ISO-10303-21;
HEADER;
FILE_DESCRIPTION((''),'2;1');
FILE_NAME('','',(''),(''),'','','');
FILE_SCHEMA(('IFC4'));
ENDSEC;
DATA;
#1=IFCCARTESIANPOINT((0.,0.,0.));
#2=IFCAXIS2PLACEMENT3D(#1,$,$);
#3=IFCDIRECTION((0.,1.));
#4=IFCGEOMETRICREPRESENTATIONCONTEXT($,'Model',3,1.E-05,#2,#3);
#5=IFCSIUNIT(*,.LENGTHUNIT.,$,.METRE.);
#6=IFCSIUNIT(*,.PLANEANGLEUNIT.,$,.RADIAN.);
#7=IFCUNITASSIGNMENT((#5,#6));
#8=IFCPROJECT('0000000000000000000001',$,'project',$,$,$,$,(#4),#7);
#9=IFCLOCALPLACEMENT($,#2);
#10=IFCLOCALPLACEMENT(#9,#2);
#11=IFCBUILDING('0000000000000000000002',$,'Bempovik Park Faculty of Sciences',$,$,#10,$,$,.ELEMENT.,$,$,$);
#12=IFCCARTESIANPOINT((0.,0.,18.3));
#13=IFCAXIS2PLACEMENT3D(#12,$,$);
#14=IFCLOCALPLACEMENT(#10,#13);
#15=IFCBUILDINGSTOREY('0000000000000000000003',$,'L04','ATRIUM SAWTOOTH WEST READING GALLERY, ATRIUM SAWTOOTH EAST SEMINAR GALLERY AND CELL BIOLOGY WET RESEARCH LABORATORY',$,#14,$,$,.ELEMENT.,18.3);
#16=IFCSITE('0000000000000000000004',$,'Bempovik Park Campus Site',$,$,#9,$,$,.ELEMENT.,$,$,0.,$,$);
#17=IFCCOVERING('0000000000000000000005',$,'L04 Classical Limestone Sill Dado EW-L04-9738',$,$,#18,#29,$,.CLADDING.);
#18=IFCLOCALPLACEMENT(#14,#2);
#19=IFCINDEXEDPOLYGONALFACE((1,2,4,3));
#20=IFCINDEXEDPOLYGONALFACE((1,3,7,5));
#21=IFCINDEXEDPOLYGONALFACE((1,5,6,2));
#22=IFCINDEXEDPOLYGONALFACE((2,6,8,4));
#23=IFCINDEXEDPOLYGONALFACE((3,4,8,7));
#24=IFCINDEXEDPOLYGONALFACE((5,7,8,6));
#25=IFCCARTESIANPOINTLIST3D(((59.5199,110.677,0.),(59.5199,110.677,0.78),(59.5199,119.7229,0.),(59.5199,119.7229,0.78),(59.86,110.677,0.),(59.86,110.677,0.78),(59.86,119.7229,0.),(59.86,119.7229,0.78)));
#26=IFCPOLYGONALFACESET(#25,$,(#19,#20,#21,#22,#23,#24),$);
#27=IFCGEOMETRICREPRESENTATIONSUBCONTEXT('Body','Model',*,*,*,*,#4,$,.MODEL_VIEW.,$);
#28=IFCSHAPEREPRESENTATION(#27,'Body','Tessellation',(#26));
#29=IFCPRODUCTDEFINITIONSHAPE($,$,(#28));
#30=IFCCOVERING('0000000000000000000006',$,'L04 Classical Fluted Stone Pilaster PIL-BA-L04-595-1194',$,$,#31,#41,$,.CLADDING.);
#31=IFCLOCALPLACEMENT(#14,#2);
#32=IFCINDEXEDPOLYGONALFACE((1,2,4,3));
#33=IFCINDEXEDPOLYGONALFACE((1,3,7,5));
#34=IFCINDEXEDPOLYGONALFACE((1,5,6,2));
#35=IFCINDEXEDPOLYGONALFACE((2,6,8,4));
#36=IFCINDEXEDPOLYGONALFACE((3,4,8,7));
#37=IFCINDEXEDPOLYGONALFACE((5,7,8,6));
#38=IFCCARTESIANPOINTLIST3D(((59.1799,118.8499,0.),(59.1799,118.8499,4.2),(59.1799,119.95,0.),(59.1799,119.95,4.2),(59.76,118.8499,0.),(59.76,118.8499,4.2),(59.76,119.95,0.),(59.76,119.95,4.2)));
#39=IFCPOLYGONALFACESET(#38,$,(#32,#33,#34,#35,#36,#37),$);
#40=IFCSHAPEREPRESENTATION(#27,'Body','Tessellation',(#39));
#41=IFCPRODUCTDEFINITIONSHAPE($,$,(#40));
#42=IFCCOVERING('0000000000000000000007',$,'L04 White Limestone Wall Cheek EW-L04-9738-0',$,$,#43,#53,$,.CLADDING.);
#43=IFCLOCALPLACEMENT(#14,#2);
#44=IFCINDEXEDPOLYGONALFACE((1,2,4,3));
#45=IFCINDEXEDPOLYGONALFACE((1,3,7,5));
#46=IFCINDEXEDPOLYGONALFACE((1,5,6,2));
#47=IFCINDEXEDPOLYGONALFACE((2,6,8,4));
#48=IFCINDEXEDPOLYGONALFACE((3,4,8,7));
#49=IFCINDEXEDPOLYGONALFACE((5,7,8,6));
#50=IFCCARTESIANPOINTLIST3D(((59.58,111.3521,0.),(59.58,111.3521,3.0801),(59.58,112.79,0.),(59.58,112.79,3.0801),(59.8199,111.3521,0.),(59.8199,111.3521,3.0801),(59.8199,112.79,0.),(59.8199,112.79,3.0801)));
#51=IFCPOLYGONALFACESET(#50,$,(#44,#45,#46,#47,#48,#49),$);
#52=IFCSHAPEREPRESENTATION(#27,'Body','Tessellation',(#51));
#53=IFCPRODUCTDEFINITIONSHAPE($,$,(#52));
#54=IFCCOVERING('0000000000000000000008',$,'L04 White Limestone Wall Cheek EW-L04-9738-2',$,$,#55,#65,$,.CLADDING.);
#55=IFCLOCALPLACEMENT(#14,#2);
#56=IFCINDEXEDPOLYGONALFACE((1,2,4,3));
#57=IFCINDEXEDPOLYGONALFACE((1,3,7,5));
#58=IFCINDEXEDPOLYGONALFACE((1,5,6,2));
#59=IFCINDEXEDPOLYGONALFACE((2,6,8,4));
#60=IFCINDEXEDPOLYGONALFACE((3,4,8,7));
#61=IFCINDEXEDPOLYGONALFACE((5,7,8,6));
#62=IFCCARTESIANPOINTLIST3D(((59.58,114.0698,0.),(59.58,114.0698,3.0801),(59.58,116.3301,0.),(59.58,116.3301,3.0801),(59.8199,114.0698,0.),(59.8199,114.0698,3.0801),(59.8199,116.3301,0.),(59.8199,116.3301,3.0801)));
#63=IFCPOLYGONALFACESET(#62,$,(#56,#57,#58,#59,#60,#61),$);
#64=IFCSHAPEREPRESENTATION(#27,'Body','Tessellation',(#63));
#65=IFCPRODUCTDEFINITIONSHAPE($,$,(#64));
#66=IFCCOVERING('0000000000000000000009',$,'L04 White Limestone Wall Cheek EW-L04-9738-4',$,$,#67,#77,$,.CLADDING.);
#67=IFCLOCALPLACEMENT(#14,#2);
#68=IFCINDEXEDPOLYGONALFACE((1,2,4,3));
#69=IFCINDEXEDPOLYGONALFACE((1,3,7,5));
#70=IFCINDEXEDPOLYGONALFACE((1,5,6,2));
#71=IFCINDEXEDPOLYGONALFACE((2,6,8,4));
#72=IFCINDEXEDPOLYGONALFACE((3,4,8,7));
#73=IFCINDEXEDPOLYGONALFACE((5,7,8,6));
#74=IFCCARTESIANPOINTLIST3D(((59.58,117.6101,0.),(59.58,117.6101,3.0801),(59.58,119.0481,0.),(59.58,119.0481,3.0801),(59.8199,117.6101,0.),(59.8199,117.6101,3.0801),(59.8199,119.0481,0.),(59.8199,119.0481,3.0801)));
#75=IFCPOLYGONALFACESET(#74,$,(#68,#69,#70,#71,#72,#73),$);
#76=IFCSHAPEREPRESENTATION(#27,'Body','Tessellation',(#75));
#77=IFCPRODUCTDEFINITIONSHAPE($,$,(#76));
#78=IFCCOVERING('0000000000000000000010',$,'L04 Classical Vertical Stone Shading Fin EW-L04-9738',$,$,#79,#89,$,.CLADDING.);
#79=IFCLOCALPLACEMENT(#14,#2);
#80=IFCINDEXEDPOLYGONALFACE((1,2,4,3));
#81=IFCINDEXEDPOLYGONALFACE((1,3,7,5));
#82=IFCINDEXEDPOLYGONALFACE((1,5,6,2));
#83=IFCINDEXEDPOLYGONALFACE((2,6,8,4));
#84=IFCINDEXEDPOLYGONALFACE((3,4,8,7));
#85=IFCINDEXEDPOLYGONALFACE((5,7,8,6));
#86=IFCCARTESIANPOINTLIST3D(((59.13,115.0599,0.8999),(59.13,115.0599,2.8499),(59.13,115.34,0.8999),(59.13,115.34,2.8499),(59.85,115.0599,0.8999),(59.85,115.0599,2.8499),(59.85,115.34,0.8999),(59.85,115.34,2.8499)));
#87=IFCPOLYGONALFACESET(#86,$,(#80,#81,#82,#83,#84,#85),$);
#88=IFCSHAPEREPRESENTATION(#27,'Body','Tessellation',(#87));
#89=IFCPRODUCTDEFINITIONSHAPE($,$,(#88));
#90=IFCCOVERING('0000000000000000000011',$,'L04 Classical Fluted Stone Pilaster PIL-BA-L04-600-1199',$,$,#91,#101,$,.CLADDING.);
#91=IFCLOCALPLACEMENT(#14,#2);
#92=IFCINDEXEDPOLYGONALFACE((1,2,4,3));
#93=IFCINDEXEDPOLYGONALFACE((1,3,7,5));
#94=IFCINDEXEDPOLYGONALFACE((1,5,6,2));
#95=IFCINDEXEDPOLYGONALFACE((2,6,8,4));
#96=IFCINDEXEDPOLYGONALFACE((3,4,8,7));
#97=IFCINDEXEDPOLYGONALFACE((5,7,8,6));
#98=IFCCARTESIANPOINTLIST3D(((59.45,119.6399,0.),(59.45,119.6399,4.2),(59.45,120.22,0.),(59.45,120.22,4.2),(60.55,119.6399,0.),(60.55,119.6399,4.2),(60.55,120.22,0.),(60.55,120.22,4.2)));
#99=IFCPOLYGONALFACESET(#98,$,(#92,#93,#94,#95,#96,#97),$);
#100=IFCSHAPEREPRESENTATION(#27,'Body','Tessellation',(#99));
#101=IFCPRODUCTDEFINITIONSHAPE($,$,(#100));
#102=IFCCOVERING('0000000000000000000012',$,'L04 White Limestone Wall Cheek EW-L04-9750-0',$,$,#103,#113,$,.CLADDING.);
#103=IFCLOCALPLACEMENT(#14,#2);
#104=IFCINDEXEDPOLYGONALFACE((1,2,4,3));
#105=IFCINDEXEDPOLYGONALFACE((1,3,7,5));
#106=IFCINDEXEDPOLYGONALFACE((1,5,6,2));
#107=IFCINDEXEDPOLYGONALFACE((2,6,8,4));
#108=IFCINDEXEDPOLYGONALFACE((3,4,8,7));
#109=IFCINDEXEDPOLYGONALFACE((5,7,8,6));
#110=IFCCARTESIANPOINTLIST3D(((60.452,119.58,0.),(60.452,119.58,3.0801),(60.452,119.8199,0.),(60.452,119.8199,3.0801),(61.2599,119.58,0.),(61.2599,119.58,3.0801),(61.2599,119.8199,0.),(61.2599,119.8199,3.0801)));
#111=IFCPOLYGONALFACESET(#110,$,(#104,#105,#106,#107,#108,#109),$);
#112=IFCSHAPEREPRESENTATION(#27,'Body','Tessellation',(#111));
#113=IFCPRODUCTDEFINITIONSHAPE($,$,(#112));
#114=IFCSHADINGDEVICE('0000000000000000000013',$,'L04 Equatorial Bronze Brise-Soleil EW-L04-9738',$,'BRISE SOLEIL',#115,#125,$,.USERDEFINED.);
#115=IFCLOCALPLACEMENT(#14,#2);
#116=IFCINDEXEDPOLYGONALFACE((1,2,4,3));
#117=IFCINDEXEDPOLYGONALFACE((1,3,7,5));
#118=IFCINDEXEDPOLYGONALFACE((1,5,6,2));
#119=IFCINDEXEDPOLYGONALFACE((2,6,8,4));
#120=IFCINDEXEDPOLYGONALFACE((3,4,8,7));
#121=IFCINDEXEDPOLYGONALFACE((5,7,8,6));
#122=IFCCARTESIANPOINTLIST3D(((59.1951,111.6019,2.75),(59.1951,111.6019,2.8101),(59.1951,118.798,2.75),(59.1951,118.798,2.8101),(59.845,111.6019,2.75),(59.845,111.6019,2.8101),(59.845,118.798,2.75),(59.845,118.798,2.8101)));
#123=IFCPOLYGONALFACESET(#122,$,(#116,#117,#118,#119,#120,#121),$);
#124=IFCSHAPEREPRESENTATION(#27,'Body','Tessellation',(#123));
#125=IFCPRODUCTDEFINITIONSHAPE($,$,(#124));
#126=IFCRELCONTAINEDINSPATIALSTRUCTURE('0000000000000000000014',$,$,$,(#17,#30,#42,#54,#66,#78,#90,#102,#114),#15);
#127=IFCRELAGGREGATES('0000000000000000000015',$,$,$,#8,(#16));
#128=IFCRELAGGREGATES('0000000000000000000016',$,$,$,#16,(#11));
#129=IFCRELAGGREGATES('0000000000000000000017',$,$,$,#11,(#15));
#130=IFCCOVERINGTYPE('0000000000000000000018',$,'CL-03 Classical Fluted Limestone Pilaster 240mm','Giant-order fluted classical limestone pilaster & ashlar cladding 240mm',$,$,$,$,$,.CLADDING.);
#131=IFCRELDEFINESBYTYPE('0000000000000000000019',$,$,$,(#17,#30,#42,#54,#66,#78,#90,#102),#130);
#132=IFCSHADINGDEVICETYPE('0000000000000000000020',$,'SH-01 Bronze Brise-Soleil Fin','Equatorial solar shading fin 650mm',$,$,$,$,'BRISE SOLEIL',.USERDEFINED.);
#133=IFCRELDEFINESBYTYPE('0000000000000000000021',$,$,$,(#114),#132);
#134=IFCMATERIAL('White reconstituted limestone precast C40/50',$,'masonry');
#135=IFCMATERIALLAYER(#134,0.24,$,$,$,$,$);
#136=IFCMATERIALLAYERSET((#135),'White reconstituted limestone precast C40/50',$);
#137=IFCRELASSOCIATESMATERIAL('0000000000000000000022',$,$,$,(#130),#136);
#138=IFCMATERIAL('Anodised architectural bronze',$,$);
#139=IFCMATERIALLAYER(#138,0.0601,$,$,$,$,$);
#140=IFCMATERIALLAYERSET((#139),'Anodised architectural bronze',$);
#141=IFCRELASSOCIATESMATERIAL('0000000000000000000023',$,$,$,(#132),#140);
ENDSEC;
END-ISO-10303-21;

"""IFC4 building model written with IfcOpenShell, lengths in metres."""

from ifc_helpers import new_model, si_unit, direction, frame, origin, origin_2d, place, context, subcontext, project, spatial, rectangle, extrude, material, layer, layer_set, type_object, element, save


model = new_model("IFC4")

# Units and contexts
model_context = context("Model", 3, precision=1e-05, world=origin(), true_north=direction((0.0, 1.0)))
body_context = subcontext(model_context, "Body", "Model", "MODEL_VIEW")
ifc_project = project(units=[si_unit("LENGTHUNIT", "METRE"), si_unit("PLANEANGLEUNIT", "RADIAN")], contexts=[model_context])

# Site, building, storey
site_placement = place(None, origin())
site = spatial("IfcSite", under=ifc_project, at=site_placement, Name="Bempovik Park Campus Site", CompositionType="ELEMENT", RefElevation=0.0)
building_placement = place(site_placement, origin())
building = spatial("IfcBuilding", under=site, at=building_placement, Name="Bempovik Park Faculty of Sciences", CompositionType="ELEMENT")
storey_placement = place(building_placement, frame((0.0, 0.0, 18.3)))
storey = spatial("IfcBuildingStorey", under=building, at=storey_placement, Name="L04", Description="ATRIUM SAWTOOTH WEST READING GALLERY, ATRIUM SAWTOOTH EAST SEMINAR GALLERY AND CELL BIOLOGY WET RESEARCH LABORATORY", CompositionType="ELEMENT", Elevation=18.3)

# Coverings
ifc_material_1 = material(Name="White reconstituted limestone precast C40/50", Category="masonry")
ifc_layer_1 = layer(ifc_material_1, 0.24)
ifc_layer_set_1 = layer_set([ifc_layer_1], Name="White reconstituted limestone precast C40/50")
covering_type = type_object("IfcCoveringType", Name="CL-03 Classical Fluted Limestone Pilaster 240mm", Description="Giant-order fluted classical limestone pilaster & ashlar cladding 240mm", PredefinedType="CLADDING", material=ifc_layer_set_1)
covering_1_placement = place(storey_placement, frame((59.6899, 115.2, 0.0), z_axis=(0.0, 0.0, 1.0), x_axis=(1.0, 0.0, 0.0)))
element("IfcCovering", 1, at=covering_1_placement, inside=storey, type_object=covering_type, Name="L04 Classical Limestone Sill Dado EW-L04-9738", PredefinedType="CLADDING", context=body_context, shape_type="SweptSolid", body=[
    extrude(rectangle(XDim=0.3401, YDim=9.0459, at=origin_2d()), origin(), (0.0, 0.0, 1.0), 0.78),
])
covering_2_placement = place(storey_placement, frame((59.47, 119.3999, 0.0), z_axis=(0.0, 0.0, 1.0), x_axis=(1.0, 0.0, 0.0)))
element("IfcCovering", 2, at=covering_2_placement, inside=storey, type_object=covering_type, Name="L04 Classical Fluted Stone Pilaster PIL-BA-L04-595-1194", PredefinedType="CLADDING", context=body_context, shape_type="SweptSolid", body=[
    extrude(rectangle(XDim=0.5801, YDim=1.1001, at=origin_2d()), origin(), (0.0, 0.0, 1.0), 4.2),
])
covering_3_placement = place(storey_placement, frame((59.7, 112.071, 0.0), z_axis=(0.0, 0.0, 1.0), x_axis=(1.0, 0.0, 0.0)))
element("IfcCovering", 3, at=covering_3_placement, inside=storey, type_object=covering_type, Name="L04 White Limestone Wall Cheek EW-L04-9738-0", PredefinedType="CLADDING", context=body_context, shape_type="SweptSolid", body=[
    extrude(rectangle(XDim=0.24, YDim=1.438, at=origin_2d()), origin(), (0.0, 0.0, 1.0), 3.0801),
])
covering_4_placement = place(storey_placement, frame((59.7, 115.2, 0.0), z_axis=(0.0, 0.0, 1.0), x_axis=(1.0, 0.0, 0.0)))
element("IfcCovering", 4, at=covering_4_placement, inside=storey, type_object=covering_type, Name="L04 White Limestone Wall Cheek EW-L04-9738-2", PredefinedType="CLADDING", context=body_context, shape_type="SweptSolid", body=[
    extrude(rectangle(XDim=0.24, YDim=2.2603, at=origin_2d()), origin(), (0.0, 0.0, 1.0), 3.0801),
])
covering_5_placement = place(storey_placement, frame((59.7, 118.3291, 0.0), z_axis=(0.0, 0.0, 1.0), x_axis=(1.0, 0.0, 0.0)))
element("IfcCovering", 5, at=covering_5_placement, inside=storey, type_object=covering_type, Name="L04 White Limestone Wall Cheek EW-L04-9738-4", PredefinedType="CLADDING", context=body_context, shape_type="SweptSolid", body=[
    extrude(rectangle(XDim=0.24, YDim=1.438, at=origin_2d()), origin(), (0.0, 0.0, 1.0), 3.0801),
])
covering_6_placement = place(storey_placement, frame((59.49, 115.2, 0.8999), z_axis=(0.0, 0.0, 1.0), x_axis=(1.0, 0.0, 0.0)))
element("IfcCovering", 6, at=covering_6_placement, inside=storey, type_object=covering_type, Name="L04 Classical Vertical Stone Shading Fin EW-L04-9738", PredefinedType="CLADDING", context=body_context, shape_type="SweptSolid", body=[
    extrude(rectangle(XDim=0.72, YDim=0.28, at=origin_2d()), origin(), (0.0, 0.0, 1.0), 1.95),
])
covering_7_placement = place(storey_placement, frame((60.0, 119.9299, 0.0), z_axis=(0.0, 0.0, 1.0), x_axis=(1.0, 0.0, 0.0)))
element("IfcCovering", 7, at=covering_7_placement, inside=storey, type_object=covering_type, Name="L04 Classical Fluted Stone Pilaster PIL-BA-L04-600-1199", PredefinedType="CLADDING", context=body_context, shape_type="SweptSolid", body=[
    extrude(rectangle(XDim=1.1001, YDim=0.5801, at=origin_2d()), origin(), (0.0, 0.0, 1.0), 4.2),
])
covering_8_placement = place(storey_placement, frame((60.856, 119.7, 0.0), z_axis=(0.0, 0.0, 1.0), x_axis=(1.0, 0.0, 0.0)))
element("IfcCovering", 8, at=covering_8_placement, inside=storey, type_object=covering_type, Name="L04 White Limestone Wall Cheek EW-L04-9750-0", PredefinedType="CLADDING", context=body_context, shape_type="SweptSolid", body=[
    extrude(rectangle(XDim=0.8079, YDim=0.24, at=origin_2d()), origin(), (0.0, 0.0, 1.0), 3.0801),
])

# Shading device
ifc_material_2 = material(Name="Anodised architectural bronze")
ifc_layer_2 = layer(ifc_material_2, 0.0601)
ifc_layer_set_2 = layer_set([ifc_layer_2], Name="Anodised architectural bronze")
shading_device_type = type_object("IfcShadingDeviceType", Name="SH-01 Bronze Brise-Soleil Fin", Description="Equatorial solar shading fin 650mm", ElementType="BRISE SOLEIL", PredefinedType="USERDEFINED", material=ifc_layer_set_2)
shading_device_placement = place(storey_placement, frame((59.52, 115.2, 2.75), z_axis=(0.0, 0.0, 1.0), x_axis=(1.0, 0.0, 0.0)))
element("IfcShadingDevice", 9, at=shading_device_placement, inside=storey, type_object=shading_device_type, Name="L04 Equatorial Bronze Brise-Soleil EW-L04-9738", ObjectType="BRISE SOLEIL", PredefinedType="USERDEFINED", context=body_context, shape_type="SweptSolid", body=[
    extrude(rectangle(XDim=0.6499, YDim=7.196, at=origin_2d()), origin(), (0.0, 0.0, 1.0), 0.0601),
])

save(model, "model.ifc")
